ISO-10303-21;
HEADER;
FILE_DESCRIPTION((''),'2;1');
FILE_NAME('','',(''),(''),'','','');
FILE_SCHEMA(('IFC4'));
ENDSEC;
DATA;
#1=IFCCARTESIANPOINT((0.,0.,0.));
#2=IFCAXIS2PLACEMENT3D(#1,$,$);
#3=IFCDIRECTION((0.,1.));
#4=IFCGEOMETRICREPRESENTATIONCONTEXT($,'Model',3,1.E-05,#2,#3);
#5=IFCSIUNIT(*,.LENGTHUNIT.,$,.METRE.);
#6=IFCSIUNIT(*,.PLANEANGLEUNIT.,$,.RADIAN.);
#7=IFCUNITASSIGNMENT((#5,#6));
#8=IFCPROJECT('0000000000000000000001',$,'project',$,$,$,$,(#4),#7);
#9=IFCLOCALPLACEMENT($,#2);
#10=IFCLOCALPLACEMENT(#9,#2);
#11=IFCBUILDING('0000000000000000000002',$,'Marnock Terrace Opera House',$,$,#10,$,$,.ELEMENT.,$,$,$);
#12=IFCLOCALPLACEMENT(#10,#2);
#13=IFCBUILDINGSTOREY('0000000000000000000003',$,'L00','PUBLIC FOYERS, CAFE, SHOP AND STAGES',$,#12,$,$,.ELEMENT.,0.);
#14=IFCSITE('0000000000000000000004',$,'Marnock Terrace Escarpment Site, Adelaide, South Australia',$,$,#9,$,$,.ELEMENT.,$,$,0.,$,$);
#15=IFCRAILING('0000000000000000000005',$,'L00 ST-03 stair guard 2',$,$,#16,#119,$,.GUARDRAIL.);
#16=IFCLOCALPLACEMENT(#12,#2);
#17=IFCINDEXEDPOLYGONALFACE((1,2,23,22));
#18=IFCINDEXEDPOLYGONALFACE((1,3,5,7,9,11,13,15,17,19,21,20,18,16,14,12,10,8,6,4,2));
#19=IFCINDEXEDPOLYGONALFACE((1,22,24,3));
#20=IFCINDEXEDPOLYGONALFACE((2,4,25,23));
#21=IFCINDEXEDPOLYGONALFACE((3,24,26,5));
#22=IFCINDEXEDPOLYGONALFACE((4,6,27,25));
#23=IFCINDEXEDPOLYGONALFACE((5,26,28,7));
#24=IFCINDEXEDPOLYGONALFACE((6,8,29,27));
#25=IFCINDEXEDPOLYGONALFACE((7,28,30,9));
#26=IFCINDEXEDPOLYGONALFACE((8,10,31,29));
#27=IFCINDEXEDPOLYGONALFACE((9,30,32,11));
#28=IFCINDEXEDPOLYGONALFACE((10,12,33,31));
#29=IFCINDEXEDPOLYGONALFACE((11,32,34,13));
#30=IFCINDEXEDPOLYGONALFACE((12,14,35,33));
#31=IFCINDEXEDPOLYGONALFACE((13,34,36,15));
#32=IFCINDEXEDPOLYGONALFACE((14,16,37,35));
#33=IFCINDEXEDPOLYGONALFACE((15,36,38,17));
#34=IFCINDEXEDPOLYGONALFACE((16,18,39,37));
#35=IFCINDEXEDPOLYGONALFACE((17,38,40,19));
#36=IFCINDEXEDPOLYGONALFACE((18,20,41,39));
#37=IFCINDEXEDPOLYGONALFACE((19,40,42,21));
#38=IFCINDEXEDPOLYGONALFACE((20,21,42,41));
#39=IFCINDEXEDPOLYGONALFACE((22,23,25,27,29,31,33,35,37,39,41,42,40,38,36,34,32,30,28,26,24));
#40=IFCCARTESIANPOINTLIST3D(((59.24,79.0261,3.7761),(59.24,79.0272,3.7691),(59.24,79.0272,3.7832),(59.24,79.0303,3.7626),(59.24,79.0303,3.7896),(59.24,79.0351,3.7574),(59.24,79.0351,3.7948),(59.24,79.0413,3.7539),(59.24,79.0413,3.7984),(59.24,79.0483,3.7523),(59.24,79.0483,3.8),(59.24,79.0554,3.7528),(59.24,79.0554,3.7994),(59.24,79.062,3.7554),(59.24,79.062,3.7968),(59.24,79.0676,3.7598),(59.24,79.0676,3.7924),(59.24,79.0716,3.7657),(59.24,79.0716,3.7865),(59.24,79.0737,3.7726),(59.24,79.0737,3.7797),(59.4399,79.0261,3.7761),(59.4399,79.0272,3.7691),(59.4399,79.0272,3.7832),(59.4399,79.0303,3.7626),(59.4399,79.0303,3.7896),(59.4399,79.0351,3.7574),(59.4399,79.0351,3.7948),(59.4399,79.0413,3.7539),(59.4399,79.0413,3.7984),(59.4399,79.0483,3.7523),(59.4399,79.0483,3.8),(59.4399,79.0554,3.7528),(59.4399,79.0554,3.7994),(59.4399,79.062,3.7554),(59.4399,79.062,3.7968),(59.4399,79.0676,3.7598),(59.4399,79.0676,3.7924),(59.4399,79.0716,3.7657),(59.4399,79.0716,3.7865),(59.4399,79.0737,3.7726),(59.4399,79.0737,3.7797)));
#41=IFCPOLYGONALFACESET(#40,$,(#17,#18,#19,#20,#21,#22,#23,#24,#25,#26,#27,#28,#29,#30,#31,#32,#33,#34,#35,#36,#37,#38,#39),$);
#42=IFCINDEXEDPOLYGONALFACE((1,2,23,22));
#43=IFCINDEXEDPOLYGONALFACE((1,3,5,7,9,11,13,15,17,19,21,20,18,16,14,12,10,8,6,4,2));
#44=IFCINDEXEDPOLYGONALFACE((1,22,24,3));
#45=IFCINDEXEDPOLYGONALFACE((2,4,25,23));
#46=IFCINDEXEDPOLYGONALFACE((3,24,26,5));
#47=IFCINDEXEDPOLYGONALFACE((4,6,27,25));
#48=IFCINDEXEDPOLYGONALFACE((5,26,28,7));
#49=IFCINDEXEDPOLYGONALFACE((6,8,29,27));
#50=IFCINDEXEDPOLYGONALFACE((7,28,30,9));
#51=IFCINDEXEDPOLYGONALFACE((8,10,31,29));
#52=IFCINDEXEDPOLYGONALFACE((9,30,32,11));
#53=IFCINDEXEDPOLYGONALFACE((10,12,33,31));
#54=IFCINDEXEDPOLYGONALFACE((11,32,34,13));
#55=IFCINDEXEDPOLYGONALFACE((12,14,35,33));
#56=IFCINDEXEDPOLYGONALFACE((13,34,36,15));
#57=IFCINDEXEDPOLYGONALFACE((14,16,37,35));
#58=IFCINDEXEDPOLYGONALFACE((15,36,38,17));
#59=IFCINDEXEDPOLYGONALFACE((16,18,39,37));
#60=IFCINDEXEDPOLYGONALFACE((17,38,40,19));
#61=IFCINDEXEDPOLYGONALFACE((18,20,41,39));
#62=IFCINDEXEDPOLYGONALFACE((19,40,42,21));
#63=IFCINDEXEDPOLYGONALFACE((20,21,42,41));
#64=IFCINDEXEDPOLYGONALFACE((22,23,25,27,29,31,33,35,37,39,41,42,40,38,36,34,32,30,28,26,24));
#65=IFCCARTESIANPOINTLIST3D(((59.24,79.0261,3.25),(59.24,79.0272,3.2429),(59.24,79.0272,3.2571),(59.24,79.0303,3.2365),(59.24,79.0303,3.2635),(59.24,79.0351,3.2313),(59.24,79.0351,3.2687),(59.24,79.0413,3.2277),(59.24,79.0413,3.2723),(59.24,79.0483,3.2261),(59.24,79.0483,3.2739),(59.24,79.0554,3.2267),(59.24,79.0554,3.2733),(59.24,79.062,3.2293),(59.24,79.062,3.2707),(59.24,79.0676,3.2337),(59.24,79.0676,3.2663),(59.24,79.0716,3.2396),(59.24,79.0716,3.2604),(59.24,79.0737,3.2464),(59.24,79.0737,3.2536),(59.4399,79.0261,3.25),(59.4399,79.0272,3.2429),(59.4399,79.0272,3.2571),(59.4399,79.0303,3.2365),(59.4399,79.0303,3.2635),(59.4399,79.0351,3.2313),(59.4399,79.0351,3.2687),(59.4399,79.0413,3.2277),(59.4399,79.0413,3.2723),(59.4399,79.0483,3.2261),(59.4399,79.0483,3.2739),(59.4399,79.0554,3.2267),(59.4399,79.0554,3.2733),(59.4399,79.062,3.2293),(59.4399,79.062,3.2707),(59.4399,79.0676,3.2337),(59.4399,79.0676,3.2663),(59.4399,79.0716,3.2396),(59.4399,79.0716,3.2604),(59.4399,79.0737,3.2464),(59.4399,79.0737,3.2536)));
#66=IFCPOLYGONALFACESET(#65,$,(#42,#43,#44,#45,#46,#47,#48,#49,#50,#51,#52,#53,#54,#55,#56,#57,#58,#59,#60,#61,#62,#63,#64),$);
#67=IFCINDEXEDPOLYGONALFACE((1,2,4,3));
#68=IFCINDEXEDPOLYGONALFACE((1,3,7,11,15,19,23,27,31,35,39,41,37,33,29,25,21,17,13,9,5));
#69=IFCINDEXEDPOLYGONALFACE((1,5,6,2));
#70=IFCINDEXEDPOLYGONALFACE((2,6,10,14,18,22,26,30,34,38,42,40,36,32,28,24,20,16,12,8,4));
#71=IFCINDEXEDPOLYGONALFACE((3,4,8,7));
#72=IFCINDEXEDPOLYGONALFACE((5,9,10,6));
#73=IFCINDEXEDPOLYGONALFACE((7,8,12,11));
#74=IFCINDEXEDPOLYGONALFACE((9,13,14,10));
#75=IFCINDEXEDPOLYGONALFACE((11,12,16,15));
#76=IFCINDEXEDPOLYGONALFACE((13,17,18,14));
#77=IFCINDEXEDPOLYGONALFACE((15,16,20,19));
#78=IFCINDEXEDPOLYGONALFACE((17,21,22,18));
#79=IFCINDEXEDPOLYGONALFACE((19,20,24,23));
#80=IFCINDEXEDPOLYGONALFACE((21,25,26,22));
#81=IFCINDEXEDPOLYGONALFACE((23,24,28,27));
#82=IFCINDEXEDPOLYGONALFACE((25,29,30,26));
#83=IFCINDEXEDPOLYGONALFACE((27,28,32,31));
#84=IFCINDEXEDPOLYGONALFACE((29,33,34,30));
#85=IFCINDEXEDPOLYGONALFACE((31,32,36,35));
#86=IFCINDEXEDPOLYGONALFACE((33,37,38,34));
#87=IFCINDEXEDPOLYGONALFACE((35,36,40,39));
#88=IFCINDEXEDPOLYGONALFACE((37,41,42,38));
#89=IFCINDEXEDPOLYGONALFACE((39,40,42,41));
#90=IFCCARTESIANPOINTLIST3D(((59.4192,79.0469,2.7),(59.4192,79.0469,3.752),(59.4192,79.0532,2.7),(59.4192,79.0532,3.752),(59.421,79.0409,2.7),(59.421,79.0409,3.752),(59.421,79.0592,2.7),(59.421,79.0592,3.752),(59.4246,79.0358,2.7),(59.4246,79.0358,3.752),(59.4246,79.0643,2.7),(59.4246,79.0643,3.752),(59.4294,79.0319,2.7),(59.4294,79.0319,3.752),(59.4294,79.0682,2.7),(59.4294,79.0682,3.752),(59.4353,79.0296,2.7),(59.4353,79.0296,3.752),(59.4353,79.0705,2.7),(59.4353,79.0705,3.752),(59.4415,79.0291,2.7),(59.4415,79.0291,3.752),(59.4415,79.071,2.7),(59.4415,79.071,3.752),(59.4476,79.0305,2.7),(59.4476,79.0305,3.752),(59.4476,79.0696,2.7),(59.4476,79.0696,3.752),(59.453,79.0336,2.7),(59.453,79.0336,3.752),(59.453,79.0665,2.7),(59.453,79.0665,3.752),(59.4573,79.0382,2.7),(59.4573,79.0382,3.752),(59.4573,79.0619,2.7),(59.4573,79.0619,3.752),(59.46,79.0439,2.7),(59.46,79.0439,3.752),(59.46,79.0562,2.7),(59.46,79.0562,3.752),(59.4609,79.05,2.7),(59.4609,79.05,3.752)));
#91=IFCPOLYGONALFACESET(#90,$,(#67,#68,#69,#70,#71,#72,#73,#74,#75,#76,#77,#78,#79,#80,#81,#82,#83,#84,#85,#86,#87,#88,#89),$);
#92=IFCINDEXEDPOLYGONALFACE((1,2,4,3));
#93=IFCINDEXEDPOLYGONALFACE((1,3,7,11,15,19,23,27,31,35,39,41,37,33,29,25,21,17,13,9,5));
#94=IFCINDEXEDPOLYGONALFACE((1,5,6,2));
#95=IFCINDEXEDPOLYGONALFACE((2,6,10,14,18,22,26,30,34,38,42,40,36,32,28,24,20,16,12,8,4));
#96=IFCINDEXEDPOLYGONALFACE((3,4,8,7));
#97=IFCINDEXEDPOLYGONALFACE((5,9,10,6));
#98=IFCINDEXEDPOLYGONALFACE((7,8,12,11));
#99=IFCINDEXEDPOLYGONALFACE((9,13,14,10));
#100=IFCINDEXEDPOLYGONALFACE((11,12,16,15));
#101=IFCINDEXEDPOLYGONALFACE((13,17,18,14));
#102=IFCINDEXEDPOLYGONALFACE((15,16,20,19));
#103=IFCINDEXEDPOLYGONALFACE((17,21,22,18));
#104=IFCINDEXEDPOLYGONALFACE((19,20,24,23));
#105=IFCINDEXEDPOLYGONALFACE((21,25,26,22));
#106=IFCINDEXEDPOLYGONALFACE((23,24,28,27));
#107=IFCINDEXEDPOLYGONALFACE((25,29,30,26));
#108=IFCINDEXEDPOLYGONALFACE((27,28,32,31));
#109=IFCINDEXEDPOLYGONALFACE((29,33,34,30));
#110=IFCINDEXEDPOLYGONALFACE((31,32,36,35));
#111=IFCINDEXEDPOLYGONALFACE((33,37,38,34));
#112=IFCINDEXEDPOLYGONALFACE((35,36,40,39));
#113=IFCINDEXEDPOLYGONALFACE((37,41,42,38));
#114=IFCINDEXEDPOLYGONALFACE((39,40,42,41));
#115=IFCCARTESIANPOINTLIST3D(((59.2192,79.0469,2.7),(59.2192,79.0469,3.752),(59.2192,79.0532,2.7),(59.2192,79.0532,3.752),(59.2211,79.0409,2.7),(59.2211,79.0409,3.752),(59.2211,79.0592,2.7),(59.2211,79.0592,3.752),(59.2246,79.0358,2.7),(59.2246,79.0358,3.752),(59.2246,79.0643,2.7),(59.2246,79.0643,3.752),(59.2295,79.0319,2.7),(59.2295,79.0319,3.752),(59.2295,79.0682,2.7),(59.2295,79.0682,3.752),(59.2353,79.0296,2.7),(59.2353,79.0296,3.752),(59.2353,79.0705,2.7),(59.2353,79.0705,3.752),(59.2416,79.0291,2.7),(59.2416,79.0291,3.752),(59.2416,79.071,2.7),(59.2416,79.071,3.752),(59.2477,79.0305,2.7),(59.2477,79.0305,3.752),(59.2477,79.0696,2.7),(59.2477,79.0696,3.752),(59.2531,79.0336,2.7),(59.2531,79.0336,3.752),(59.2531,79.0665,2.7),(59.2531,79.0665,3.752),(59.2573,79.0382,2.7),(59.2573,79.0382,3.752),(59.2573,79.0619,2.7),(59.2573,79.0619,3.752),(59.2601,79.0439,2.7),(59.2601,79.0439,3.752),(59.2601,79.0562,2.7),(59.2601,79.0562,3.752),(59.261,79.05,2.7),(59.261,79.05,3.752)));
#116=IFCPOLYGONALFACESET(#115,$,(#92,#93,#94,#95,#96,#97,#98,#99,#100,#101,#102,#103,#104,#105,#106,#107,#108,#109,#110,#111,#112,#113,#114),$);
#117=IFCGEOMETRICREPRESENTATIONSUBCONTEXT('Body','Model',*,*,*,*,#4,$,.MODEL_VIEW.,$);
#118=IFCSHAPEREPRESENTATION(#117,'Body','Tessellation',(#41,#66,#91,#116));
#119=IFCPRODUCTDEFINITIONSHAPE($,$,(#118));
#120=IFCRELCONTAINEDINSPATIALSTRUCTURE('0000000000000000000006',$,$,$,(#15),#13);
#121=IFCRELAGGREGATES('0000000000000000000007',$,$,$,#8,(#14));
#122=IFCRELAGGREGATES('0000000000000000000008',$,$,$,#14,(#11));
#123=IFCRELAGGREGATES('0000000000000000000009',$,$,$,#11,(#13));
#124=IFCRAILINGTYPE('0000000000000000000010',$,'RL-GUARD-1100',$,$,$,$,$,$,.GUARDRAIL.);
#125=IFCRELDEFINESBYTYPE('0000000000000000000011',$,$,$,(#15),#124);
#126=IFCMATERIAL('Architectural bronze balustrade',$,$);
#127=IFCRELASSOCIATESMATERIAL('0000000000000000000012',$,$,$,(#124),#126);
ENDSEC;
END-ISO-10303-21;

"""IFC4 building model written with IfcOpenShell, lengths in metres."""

from ifc_helpers import new_model, si_unit, direction, frame, origin, origin_2d, place, context, subcontext, project, spatial, circle, extrude, material, type_object, element, save


model = new_model("IFC4")

# Units and contexts
model_context = context("Model", 3, precision=1e-05, world=origin(), true_north=direction((0.0, 1.0)))
body_context = subcontext(model_context, "Body", "Model", "MODEL_VIEW")
ifc_project = project(units=[si_unit("LENGTHUNIT", "METRE"), si_unit("PLANEANGLEUNIT", "RADIAN")], contexts=[model_context])

# Site, building, storey
site_placement = place(None, origin())
site = spatial("IfcSite", under=ifc_project, at=site_placement, Name="Marnock Terrace Escarpment Site, Adelaide, South Australia", CompositionType="ELEMENT", RefElevation=0.0)
building_placement = place(site_placement, origin())
building = spatial("IfcBuilding", under=site, at=building_placement, Name="Marnock Terrace Opera House", CompositionType="ELEMENT")
storey_placement = place(building_placement, origin())
storey = spatial("IfcBuildingStorey", under=building, at=storey_placement, Name="L00", Description="PUBLIC FOYERS, CAFE, SHOP AND STAGES", CompositionType="ELEMENT", Elevation=0.0)

# Railing
ifc_material_1 = material(Name="Architectural bronze balustrade")
railing_type_1 = type_object("IfcRailingType", Name="RL-GUARD-1100", PredefinedType="GUARDRAIL", material=ifc_material_1)
railing_1_placement = place(storey_placement, frame((59.4399, 79.05, 2.7)))
element("IfcRailing", 1, at=railing_1_placement, inside=storey, type_object=railing_type_1, Name="L00 ST-03 stair guard 2", PredefinedType="GUARDRAIL", context=body_context, shape_type="SweptSolid", body=[
    extrude(circle(Radius=0.0239, at=origin_2d()), frame((0.0, 0.0, 1.0762), z_axis=(-1.0, 0.0, 0.0), x_axis=(0.0, -1.0, 0.0)), (0.0, 0.0, 1.0), 0.2),
    extrude(circle(Radius=0.0239, at=origin_2d()), frame((0.0, 0.0, 0.55), z_axis=(-1.0, 0.0, 0.0), x_axis=(0.0, -1.0, 0.0)), (0.0, 0.0, 1.0), 0.2),
    extrude(circle(Radius=0.021, at=origin_2d()), origin(), (0.0, 0.0, 1.0), 1.052),
    extrude(circle(Radius=0.021, at=origin_2d()), frame((-0.2, 0.0, 0.0)), (0.0, 0.0, 1.0), 1.052),
])

save(model, "model.ifc")
